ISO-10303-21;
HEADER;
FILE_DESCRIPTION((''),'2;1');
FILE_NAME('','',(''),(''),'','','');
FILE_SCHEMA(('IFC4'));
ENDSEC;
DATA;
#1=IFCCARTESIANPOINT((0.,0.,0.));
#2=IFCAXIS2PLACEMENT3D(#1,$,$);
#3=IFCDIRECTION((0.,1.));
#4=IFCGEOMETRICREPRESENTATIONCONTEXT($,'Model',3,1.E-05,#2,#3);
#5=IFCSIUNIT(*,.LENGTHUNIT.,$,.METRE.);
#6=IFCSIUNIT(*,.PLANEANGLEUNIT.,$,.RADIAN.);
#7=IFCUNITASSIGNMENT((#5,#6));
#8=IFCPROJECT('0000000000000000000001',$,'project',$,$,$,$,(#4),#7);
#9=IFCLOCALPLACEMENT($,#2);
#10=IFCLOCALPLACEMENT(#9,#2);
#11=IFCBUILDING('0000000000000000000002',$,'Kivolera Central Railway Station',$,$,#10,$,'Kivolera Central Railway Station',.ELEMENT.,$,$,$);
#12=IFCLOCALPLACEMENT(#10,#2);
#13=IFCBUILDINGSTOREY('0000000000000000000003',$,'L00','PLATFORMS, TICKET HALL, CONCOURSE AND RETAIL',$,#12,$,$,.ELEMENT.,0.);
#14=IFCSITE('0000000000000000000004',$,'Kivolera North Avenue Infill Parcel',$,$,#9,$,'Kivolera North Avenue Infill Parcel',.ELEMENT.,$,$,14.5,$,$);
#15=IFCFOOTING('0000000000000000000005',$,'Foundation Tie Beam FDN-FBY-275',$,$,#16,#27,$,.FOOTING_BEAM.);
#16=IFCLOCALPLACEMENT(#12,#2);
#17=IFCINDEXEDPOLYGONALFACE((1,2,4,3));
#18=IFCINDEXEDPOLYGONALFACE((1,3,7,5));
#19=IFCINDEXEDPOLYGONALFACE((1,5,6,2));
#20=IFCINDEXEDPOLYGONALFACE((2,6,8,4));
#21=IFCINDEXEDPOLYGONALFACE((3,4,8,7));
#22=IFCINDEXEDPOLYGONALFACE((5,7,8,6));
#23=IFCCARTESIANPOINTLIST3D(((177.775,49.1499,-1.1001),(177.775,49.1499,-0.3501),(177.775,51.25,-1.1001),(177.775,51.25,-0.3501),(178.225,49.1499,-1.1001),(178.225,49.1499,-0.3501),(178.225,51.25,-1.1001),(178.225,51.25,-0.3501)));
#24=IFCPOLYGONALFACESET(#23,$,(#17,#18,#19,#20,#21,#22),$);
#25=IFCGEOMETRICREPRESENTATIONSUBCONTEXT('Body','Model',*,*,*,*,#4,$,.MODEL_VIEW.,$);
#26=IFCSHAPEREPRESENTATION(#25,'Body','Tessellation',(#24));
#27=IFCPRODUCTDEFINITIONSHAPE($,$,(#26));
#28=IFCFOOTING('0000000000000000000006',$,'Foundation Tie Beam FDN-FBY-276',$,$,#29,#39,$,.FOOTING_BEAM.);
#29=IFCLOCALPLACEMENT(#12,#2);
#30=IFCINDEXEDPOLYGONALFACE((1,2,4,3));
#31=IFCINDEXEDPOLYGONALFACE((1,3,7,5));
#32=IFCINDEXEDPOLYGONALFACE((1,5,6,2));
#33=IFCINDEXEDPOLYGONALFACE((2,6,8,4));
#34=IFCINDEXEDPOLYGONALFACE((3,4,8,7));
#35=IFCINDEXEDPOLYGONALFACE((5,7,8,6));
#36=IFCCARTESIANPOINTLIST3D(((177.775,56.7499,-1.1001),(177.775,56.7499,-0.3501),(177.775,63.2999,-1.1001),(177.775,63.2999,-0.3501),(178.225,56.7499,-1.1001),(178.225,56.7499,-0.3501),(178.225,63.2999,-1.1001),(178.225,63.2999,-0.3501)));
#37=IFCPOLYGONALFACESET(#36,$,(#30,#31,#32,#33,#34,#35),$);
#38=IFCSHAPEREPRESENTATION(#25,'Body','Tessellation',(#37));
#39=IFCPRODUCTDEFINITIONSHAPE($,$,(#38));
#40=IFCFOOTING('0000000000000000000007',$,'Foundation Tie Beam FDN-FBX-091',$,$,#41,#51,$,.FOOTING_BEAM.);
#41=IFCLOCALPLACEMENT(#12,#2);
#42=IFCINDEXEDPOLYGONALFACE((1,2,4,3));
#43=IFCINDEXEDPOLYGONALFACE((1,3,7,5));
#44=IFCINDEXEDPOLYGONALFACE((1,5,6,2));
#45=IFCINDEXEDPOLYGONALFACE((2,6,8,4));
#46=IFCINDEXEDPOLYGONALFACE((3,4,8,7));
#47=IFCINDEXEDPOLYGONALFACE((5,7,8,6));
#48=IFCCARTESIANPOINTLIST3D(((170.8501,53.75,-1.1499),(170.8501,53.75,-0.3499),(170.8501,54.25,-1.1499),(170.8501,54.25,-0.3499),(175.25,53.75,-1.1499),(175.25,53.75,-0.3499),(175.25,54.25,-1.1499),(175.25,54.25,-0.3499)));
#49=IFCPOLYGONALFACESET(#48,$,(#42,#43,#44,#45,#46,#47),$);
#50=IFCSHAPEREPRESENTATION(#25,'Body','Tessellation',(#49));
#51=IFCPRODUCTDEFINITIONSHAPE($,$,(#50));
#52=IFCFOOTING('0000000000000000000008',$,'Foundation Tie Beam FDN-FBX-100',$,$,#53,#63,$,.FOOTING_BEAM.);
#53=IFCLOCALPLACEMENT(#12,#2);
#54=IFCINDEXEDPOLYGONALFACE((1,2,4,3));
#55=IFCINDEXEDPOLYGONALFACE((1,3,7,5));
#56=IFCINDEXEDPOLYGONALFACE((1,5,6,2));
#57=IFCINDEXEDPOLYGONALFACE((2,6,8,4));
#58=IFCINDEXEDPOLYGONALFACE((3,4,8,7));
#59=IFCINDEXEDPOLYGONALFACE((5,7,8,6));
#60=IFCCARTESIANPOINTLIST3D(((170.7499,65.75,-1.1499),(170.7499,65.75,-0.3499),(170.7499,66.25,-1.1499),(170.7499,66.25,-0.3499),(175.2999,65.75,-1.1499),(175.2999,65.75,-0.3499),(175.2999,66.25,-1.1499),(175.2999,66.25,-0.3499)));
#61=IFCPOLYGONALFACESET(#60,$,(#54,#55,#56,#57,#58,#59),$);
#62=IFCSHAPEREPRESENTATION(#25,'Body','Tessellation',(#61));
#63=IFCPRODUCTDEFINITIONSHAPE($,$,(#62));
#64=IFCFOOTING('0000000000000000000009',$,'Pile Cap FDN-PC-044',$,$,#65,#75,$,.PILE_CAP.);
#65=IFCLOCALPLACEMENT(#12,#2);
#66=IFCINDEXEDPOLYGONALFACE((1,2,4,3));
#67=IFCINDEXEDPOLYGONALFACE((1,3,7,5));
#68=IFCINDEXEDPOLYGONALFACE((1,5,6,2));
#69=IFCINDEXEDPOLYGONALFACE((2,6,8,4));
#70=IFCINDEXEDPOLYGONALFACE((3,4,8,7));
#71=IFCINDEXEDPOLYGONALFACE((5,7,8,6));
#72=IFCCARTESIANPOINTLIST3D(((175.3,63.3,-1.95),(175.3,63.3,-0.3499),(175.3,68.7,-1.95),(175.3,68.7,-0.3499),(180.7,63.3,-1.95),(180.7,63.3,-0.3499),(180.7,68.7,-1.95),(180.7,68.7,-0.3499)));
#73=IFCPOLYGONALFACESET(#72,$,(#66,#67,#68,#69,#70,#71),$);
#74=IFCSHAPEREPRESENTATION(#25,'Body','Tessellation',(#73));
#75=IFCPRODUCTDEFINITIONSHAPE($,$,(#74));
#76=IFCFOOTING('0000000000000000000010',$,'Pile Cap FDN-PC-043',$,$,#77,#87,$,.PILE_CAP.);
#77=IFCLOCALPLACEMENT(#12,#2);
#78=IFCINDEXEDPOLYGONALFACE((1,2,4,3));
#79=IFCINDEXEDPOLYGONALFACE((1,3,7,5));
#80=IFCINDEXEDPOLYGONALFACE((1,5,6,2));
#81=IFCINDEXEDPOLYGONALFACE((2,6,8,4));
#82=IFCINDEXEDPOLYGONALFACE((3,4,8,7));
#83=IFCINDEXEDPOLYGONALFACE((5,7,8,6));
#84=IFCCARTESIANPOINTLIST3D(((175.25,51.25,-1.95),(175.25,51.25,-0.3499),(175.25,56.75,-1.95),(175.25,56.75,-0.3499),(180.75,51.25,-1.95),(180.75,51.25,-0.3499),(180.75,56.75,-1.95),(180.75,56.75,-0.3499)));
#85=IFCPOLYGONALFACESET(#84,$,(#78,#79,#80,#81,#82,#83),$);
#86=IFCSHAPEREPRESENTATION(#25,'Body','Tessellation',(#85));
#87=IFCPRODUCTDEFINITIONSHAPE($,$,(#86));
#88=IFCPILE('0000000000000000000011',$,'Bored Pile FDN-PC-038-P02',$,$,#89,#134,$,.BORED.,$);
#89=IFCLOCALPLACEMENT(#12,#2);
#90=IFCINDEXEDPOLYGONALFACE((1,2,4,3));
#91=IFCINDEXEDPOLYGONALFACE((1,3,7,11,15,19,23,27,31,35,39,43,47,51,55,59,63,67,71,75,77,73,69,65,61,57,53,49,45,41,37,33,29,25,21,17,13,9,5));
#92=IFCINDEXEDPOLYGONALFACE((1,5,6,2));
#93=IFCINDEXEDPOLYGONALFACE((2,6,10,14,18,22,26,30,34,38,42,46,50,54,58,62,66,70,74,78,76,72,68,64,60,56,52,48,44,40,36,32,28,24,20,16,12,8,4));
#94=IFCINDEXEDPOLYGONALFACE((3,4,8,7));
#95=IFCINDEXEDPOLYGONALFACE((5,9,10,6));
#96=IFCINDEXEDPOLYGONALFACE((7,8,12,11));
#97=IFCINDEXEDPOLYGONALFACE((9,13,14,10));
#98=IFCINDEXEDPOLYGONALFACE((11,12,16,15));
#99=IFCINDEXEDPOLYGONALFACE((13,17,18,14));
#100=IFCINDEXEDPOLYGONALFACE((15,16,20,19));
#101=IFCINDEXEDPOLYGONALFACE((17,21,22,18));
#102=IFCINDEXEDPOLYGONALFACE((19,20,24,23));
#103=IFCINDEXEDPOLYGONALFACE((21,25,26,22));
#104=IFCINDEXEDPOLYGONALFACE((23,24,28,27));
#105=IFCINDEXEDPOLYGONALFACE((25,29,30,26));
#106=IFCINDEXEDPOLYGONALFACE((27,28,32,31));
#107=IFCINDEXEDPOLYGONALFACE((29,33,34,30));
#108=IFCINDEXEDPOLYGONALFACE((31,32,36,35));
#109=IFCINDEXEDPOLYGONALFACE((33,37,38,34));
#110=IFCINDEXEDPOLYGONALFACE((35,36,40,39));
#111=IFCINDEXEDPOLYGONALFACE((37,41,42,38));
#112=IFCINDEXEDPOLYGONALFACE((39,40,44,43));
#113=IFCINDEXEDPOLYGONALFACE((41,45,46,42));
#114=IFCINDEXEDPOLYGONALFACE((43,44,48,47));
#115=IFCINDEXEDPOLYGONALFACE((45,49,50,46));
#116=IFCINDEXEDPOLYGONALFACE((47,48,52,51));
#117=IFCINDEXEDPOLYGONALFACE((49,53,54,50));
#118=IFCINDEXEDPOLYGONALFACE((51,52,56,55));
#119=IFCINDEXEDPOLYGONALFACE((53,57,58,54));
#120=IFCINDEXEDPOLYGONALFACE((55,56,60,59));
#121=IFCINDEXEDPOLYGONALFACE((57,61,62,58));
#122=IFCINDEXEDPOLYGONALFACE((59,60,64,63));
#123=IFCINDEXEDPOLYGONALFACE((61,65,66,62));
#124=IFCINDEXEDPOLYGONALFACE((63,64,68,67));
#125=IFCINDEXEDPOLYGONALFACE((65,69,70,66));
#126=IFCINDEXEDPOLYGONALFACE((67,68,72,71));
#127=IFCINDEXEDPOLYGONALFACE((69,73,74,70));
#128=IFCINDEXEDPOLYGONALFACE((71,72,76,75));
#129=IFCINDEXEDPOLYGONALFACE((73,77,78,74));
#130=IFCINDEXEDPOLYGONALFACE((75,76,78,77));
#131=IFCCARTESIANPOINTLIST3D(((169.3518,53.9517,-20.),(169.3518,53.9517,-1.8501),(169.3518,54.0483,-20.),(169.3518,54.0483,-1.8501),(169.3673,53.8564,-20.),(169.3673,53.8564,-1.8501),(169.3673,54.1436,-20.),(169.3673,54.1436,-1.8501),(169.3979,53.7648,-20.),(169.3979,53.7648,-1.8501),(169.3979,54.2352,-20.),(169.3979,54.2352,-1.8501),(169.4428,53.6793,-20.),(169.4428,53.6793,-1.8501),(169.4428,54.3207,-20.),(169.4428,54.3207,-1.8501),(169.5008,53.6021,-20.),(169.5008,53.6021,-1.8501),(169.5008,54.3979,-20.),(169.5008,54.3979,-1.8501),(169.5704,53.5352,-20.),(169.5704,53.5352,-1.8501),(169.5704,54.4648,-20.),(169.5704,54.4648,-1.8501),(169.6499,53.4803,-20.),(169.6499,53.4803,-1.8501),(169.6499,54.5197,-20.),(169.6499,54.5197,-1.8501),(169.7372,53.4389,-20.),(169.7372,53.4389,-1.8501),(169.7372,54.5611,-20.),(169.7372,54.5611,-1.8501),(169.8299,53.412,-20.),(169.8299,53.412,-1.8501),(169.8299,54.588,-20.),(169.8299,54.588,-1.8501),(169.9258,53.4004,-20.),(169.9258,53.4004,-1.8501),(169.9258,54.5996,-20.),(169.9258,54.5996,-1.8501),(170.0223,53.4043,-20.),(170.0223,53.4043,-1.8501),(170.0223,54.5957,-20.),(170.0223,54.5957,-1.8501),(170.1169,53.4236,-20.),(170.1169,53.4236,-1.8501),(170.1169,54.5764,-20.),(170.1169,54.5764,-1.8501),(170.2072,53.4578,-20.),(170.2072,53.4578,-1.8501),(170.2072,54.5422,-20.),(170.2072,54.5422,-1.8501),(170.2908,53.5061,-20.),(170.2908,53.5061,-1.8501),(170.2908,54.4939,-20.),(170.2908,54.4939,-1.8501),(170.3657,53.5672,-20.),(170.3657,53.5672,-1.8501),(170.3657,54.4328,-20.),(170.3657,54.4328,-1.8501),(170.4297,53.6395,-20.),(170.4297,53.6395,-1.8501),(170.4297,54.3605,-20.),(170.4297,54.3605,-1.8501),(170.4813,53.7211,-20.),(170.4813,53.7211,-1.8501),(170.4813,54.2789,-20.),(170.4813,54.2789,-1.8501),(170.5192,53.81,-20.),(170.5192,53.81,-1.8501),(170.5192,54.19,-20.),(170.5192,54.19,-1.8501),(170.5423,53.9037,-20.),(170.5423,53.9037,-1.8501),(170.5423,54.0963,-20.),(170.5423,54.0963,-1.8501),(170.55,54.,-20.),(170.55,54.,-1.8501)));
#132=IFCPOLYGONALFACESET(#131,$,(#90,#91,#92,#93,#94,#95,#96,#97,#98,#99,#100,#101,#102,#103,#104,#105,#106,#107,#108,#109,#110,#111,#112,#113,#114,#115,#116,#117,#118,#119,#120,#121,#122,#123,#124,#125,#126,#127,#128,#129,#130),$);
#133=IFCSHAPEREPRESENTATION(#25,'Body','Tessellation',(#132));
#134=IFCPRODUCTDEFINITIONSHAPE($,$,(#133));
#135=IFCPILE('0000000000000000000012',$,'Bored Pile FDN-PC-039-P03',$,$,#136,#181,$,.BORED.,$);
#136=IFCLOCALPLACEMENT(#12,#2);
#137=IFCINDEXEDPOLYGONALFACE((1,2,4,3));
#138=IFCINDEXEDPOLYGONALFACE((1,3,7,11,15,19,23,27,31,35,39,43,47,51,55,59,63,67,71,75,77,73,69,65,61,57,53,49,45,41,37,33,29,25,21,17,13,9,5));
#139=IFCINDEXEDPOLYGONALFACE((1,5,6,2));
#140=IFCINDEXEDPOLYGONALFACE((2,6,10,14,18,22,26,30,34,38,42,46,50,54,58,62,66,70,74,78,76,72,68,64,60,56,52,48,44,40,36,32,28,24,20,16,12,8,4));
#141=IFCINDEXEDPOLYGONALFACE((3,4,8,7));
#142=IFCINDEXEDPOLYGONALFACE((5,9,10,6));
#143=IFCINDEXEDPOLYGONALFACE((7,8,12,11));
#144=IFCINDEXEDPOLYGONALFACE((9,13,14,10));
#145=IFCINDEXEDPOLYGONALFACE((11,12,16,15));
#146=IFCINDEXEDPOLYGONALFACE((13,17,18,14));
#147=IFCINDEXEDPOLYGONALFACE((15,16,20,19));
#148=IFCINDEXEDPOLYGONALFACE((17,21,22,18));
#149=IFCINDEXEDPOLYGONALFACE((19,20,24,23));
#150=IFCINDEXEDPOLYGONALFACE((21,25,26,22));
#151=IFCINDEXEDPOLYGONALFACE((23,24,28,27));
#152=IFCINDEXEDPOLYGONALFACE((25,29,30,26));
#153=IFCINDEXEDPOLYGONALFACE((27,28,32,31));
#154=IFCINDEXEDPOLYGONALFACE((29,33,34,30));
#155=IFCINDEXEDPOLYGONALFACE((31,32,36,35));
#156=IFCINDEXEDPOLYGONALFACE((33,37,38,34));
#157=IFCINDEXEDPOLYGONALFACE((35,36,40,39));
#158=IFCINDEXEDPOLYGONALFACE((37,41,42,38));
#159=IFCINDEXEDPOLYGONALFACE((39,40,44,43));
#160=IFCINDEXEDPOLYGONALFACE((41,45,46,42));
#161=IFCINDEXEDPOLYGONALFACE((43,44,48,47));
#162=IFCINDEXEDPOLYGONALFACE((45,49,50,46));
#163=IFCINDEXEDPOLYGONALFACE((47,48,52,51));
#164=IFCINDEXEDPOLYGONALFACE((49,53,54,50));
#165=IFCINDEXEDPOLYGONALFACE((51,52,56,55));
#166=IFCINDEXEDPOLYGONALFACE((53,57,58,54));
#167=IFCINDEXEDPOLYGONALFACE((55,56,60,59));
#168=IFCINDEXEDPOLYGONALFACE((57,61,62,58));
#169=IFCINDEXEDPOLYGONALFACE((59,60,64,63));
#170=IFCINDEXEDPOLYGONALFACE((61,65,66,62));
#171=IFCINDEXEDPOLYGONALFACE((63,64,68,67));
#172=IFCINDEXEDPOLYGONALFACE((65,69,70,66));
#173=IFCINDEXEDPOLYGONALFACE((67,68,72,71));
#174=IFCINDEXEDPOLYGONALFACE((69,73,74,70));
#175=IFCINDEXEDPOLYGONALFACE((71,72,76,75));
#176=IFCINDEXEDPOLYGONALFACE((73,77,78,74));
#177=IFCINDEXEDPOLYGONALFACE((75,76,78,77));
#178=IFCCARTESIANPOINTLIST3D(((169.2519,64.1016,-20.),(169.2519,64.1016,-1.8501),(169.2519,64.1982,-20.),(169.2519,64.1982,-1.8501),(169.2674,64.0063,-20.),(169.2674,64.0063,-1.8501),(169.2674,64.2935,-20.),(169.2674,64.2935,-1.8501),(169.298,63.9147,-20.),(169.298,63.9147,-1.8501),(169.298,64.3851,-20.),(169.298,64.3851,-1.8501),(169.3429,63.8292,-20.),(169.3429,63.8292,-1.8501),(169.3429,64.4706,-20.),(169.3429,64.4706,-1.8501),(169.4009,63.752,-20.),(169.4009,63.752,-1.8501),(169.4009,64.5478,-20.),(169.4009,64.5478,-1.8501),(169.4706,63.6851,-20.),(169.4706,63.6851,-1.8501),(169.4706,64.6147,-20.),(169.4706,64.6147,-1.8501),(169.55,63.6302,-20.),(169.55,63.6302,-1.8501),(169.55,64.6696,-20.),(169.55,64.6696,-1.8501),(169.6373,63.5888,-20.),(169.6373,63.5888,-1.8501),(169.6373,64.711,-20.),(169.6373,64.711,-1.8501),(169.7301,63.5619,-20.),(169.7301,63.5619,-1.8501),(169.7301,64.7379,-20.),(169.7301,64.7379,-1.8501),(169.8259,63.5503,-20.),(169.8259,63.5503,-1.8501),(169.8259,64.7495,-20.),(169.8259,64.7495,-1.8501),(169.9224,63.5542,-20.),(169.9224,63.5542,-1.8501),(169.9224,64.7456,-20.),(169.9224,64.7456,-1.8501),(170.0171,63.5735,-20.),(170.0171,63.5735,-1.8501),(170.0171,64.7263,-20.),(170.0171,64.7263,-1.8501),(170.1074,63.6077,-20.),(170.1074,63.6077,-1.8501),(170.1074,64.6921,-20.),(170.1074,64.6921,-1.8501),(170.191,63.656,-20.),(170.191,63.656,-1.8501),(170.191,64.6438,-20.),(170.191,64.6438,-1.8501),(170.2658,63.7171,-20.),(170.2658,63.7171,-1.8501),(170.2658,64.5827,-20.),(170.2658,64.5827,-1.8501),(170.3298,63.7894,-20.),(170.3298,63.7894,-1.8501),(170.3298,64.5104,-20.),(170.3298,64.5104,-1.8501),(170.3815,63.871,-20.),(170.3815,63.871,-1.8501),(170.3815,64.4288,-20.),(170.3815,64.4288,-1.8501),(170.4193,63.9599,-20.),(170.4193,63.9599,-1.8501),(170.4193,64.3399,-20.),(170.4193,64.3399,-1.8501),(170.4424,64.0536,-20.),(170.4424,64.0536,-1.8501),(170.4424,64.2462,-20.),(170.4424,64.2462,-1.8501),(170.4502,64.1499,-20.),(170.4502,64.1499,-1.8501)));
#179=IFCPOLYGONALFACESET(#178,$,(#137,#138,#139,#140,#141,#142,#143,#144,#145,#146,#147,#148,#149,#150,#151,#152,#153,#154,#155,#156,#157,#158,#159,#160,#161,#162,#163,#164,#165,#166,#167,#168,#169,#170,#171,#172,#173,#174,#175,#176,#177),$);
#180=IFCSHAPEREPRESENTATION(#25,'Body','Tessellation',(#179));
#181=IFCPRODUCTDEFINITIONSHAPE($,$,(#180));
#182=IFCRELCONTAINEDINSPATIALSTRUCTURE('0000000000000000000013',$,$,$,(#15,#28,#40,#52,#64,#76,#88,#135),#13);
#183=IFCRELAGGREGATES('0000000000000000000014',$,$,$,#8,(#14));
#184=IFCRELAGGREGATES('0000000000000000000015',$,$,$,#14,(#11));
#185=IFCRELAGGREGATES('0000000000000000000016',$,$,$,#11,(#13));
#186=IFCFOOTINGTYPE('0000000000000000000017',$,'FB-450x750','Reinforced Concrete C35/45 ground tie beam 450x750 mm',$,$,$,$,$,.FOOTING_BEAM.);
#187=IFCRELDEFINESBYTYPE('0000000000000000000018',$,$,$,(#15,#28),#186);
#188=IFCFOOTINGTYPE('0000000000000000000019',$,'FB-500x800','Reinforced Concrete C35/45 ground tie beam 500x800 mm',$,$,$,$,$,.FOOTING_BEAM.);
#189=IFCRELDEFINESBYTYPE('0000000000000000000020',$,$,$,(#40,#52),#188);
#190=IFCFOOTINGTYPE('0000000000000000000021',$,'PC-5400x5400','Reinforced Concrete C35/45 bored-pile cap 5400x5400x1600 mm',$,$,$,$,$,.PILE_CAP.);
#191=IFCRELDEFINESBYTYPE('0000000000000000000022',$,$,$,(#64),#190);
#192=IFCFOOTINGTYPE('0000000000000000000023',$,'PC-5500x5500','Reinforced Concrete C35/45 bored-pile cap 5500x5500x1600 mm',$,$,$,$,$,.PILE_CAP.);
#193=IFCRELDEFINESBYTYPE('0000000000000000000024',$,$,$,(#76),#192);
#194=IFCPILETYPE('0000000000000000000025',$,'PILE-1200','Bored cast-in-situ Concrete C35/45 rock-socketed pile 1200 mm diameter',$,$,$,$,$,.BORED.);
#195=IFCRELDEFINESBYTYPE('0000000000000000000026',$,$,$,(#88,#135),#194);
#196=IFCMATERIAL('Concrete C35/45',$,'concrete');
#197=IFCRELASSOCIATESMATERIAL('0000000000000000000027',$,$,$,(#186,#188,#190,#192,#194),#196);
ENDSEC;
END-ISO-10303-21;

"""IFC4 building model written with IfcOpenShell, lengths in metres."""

from ifc_helpers import new_model, si_unit, direction, frame, origin, origin_2d, place, context, subcontext, project, spatial, rectangle, circle, extrude, material, material_profile, profile_set, type_object, element, save


model = new_model("IFC4")

# Units and contexts
model_context = context("Model", 3, precision=1e-05, world=origin(), true_north=direction((0.0, 1.0)))
body_context = subcontext(model_context, "Body", "Model", "MODEL_VIEW")
ifc_project = project(units=[si_unit("LENGTHUNIT", "METRE"), si_unit("PLANEANGLEUNIT", "RADIAN")], contexts=[model_context])

# Site, building, storey
site_placement = place(None, origin())
site = spatial("IfcSite", under=ifc_project, at=site_placement, Name="Kivolera North Avenue Infill Parcel", LongName="Kivolera North Avenue Infill Parcel", CompositionType="ELEMENT", RefElevation=14.5)
building_placement = place(site_placement, origin())
building = spatial("IfcBuilding", under=site, at=building_placement, Name="Kivolera Central Railway Station", LongName="Kivolera Central Railway Station", CompositionType="ELEMENT")
storey_placement = place(building_placement, origin())
storey = spatial("IfcBuildingStorey", under=building, at=storey_placement, Name="L00", Description="PLATFORMS, TICKET HALL, CONCOURSE AND RETAIL", CompositionType="ELEMENT", Elevation=0.0)

# Footings
ifc_material_1 = material(Name="Concrete C35/45", Category="concrete")
footing_type_1 = type_object("IfcFootingType", Name="FB-450x750", Description="Reinforced Concrete C35/45 ground tie beam 450x750 mm", PredefinedType="FOOTING_BEAM", material=ifc_material_1)
footing_1_placement = place(storey_placement, frame((178.0, 50.2, -1.1001), z_axis=(0.0, 0.0, 1.0), x_axis=(1.0, 0.0, 0.0)))
element("IfcFooting", 1, at=footing_1_placement, inside=storey, type_object=footing_type_1, Name="Foundation Tie Beam FDN-FBY-275", PredefinedType="FOOTING_BEAM", context=body_context, shape_type="SweptSolid", body=[
    extrude(rectangle(XDim=0.45, YDim=2.1001, at=origin_2d()), origin(), (0.0, 0.0, 1.0), 0.75),
])
footing_2_placement = place(storey_placement, frame((178.0, 60.0249, -1.1001), z_axis=(0.0, 0.0, 1.0), x_axis=(1.0, 0.0, 0.0)))
element("IfcFooting", 2, at=footing_2_placement, inside=storey, type_object=footing_type_1, Name="Foundation Tie Beam FDN-FBY-276", PredefinedType="FOOTING_BEAM", context=body_context, shape_type="SweptSolid", body=[
    extrude(rectangle(XDim=0.45, YDim=6.55, at=origin_2d()), origin(), (0.0, 0.0, 1.0), 0.75),
])
footing_type_2 = type_object("IfcFootingType", Name="FB-500x800", Description="Reinforced Concrete C35/45 ground tie beam 500x800 mm", PredefinedType="FOOTING_BEAM", material=ifc_material_1)
footing_3_placement = place(storey_placement, frame((173.05, 54.0, -1.1499), z_axis=(0.0, 0.0, 1.0), x_axis=(1.0, 0.0, 0.0)))
element("IfcFooting", 3, at=footing_3_placement, inside=storey, type_object=footing_type_2, Name="Foundation Tie Beam FDN-FBX-091", PredefinedType="FOOTING_BEAM", context=body_context, shape_type="SweptSolid", body=[
    extrude(rectangle(XDim=4.3999, YDim=0.5, at=origin_2d()), origin(), (0.0, 0.0, 1.0), 0.8),
])
footing_4_placement = place(storey_placement, frame((173.0249, 66.0, -1.1499), z_axis=(0.0, 0.0, 1.0), x_axis=(1.0, 0.0, 0.0)))
element("IfcFooting", 4, at=footing_4_placement, inside=storey, type_object=footing_type_2, Name="Foundation Tie Beam FDN-FBX-100", PredefinedType="FOOTING_BEAM", context=body_context, shape_type="SweptSolid", body=[
    extrude(rectangle(XDim=4.55, YDim=0.5, at=origin_2d()), origin(), (0.0, 0.0, 1.0), 0.8),
])
footing_type_3 = type_object("IfcFootingType", Name="PC-5400x5400", Description="Reinforced Concrete C35/45 bored-pile cap 5400x5400x1600 mm", PredefinedType="PILE_CAP", material=ifc_material_1)
footing_5_placement = place(storey_placement, frame((178.0, 66.0, -1.95), z_axis=(0.0, 0.0, 1.0), x_axis=(1.0, 0.0, 0.0)))
element("IfcFooting", 5, at=footing_5_placement, inside=storey, type_object=footing_type_3, Name="Pile Cap FDN-PC-044", PredefinedType="PILE_CAP", context=body_context, shape_type="SweptSolid", body=[
    extrude(rectangle(XDim=5.3999, YDim=5.3999, at=origin_2d()), origin(), (0.0, 0.0, 1.0), 1.6001),
])
footing_type_4 = type_object("IfcFootingType", Name="PC-5500x5500", Description="Reinforced Concrete C35/45 bored-pile cap 5500x5500x1600 mm", PredefinedType="PILE_CAP", material=ifc_material_1)
footing_6_placement = place(storey_placement, frame((178.0, 54.0, -1.95), z_axis=(0.0, 0.0, 1.0), x_axis=(1.0, 0.0, 0.0)))
element("IfcFooting", 6, at=footing_6_placement, inside=storey, type_object=footing_type_4, Name="Pile Cap FDN-PC-043", PredefinedType="PILE_CAP", context=body_context, shape_type="SweptSolid", body=[
    extrude(rectangle(XDim=5.5, YDim=5.5, at=origin_2d()), origin(), (0.0, 0.0, 1.0), 1.6001),
])

# Piles
ifc_material_profile_1 = material_profile(ifc_material_1, circle(Radius=0.6001, at=origin_2d()), Name="PILE D1200")
ifc_profile_set_1 = profile_set([ifc_material_profile_1], Name="Concrete C35/45")
pile_type = type_object("IfcPileType", Name="PILE-1200", Description="Bored cast-in-situ Concrete C35/45 rock-socketed pile 1200 mm diameter", PredefinedType="BORED", material=ifc_profile_set_1)
for number, where, z_axis, x_axis, name in (
    (7, (169.95, 54.0, -1.8501), (0.0, 0.0, -1.0), (1.0, 0.0, 0.0), "Bored Pile FDN-PC-038-P02"),
    (8, (169.8501, 64.1499, -1.8501), (0.0, 0.0, -1.0), (1.0, 0.0, 0.0), "Bored Pile FDN-PC-039-P03"),
):
    element("IfcPile", number, at=place(storey_placement, frame(where, z_axis=z_axis, x_axis=x_axis)), inside=storey, type_object=pile_type, Name=name, PredefinedType="BORED", context=body_context, shape_type="SweptSolid", body=[
        extrude(circle(Radius=0.6001, at=origin_2d()), origin(), (0.0, 0.0, 1.0), 18.1499),
    ])

save(model, "model.ifc")
